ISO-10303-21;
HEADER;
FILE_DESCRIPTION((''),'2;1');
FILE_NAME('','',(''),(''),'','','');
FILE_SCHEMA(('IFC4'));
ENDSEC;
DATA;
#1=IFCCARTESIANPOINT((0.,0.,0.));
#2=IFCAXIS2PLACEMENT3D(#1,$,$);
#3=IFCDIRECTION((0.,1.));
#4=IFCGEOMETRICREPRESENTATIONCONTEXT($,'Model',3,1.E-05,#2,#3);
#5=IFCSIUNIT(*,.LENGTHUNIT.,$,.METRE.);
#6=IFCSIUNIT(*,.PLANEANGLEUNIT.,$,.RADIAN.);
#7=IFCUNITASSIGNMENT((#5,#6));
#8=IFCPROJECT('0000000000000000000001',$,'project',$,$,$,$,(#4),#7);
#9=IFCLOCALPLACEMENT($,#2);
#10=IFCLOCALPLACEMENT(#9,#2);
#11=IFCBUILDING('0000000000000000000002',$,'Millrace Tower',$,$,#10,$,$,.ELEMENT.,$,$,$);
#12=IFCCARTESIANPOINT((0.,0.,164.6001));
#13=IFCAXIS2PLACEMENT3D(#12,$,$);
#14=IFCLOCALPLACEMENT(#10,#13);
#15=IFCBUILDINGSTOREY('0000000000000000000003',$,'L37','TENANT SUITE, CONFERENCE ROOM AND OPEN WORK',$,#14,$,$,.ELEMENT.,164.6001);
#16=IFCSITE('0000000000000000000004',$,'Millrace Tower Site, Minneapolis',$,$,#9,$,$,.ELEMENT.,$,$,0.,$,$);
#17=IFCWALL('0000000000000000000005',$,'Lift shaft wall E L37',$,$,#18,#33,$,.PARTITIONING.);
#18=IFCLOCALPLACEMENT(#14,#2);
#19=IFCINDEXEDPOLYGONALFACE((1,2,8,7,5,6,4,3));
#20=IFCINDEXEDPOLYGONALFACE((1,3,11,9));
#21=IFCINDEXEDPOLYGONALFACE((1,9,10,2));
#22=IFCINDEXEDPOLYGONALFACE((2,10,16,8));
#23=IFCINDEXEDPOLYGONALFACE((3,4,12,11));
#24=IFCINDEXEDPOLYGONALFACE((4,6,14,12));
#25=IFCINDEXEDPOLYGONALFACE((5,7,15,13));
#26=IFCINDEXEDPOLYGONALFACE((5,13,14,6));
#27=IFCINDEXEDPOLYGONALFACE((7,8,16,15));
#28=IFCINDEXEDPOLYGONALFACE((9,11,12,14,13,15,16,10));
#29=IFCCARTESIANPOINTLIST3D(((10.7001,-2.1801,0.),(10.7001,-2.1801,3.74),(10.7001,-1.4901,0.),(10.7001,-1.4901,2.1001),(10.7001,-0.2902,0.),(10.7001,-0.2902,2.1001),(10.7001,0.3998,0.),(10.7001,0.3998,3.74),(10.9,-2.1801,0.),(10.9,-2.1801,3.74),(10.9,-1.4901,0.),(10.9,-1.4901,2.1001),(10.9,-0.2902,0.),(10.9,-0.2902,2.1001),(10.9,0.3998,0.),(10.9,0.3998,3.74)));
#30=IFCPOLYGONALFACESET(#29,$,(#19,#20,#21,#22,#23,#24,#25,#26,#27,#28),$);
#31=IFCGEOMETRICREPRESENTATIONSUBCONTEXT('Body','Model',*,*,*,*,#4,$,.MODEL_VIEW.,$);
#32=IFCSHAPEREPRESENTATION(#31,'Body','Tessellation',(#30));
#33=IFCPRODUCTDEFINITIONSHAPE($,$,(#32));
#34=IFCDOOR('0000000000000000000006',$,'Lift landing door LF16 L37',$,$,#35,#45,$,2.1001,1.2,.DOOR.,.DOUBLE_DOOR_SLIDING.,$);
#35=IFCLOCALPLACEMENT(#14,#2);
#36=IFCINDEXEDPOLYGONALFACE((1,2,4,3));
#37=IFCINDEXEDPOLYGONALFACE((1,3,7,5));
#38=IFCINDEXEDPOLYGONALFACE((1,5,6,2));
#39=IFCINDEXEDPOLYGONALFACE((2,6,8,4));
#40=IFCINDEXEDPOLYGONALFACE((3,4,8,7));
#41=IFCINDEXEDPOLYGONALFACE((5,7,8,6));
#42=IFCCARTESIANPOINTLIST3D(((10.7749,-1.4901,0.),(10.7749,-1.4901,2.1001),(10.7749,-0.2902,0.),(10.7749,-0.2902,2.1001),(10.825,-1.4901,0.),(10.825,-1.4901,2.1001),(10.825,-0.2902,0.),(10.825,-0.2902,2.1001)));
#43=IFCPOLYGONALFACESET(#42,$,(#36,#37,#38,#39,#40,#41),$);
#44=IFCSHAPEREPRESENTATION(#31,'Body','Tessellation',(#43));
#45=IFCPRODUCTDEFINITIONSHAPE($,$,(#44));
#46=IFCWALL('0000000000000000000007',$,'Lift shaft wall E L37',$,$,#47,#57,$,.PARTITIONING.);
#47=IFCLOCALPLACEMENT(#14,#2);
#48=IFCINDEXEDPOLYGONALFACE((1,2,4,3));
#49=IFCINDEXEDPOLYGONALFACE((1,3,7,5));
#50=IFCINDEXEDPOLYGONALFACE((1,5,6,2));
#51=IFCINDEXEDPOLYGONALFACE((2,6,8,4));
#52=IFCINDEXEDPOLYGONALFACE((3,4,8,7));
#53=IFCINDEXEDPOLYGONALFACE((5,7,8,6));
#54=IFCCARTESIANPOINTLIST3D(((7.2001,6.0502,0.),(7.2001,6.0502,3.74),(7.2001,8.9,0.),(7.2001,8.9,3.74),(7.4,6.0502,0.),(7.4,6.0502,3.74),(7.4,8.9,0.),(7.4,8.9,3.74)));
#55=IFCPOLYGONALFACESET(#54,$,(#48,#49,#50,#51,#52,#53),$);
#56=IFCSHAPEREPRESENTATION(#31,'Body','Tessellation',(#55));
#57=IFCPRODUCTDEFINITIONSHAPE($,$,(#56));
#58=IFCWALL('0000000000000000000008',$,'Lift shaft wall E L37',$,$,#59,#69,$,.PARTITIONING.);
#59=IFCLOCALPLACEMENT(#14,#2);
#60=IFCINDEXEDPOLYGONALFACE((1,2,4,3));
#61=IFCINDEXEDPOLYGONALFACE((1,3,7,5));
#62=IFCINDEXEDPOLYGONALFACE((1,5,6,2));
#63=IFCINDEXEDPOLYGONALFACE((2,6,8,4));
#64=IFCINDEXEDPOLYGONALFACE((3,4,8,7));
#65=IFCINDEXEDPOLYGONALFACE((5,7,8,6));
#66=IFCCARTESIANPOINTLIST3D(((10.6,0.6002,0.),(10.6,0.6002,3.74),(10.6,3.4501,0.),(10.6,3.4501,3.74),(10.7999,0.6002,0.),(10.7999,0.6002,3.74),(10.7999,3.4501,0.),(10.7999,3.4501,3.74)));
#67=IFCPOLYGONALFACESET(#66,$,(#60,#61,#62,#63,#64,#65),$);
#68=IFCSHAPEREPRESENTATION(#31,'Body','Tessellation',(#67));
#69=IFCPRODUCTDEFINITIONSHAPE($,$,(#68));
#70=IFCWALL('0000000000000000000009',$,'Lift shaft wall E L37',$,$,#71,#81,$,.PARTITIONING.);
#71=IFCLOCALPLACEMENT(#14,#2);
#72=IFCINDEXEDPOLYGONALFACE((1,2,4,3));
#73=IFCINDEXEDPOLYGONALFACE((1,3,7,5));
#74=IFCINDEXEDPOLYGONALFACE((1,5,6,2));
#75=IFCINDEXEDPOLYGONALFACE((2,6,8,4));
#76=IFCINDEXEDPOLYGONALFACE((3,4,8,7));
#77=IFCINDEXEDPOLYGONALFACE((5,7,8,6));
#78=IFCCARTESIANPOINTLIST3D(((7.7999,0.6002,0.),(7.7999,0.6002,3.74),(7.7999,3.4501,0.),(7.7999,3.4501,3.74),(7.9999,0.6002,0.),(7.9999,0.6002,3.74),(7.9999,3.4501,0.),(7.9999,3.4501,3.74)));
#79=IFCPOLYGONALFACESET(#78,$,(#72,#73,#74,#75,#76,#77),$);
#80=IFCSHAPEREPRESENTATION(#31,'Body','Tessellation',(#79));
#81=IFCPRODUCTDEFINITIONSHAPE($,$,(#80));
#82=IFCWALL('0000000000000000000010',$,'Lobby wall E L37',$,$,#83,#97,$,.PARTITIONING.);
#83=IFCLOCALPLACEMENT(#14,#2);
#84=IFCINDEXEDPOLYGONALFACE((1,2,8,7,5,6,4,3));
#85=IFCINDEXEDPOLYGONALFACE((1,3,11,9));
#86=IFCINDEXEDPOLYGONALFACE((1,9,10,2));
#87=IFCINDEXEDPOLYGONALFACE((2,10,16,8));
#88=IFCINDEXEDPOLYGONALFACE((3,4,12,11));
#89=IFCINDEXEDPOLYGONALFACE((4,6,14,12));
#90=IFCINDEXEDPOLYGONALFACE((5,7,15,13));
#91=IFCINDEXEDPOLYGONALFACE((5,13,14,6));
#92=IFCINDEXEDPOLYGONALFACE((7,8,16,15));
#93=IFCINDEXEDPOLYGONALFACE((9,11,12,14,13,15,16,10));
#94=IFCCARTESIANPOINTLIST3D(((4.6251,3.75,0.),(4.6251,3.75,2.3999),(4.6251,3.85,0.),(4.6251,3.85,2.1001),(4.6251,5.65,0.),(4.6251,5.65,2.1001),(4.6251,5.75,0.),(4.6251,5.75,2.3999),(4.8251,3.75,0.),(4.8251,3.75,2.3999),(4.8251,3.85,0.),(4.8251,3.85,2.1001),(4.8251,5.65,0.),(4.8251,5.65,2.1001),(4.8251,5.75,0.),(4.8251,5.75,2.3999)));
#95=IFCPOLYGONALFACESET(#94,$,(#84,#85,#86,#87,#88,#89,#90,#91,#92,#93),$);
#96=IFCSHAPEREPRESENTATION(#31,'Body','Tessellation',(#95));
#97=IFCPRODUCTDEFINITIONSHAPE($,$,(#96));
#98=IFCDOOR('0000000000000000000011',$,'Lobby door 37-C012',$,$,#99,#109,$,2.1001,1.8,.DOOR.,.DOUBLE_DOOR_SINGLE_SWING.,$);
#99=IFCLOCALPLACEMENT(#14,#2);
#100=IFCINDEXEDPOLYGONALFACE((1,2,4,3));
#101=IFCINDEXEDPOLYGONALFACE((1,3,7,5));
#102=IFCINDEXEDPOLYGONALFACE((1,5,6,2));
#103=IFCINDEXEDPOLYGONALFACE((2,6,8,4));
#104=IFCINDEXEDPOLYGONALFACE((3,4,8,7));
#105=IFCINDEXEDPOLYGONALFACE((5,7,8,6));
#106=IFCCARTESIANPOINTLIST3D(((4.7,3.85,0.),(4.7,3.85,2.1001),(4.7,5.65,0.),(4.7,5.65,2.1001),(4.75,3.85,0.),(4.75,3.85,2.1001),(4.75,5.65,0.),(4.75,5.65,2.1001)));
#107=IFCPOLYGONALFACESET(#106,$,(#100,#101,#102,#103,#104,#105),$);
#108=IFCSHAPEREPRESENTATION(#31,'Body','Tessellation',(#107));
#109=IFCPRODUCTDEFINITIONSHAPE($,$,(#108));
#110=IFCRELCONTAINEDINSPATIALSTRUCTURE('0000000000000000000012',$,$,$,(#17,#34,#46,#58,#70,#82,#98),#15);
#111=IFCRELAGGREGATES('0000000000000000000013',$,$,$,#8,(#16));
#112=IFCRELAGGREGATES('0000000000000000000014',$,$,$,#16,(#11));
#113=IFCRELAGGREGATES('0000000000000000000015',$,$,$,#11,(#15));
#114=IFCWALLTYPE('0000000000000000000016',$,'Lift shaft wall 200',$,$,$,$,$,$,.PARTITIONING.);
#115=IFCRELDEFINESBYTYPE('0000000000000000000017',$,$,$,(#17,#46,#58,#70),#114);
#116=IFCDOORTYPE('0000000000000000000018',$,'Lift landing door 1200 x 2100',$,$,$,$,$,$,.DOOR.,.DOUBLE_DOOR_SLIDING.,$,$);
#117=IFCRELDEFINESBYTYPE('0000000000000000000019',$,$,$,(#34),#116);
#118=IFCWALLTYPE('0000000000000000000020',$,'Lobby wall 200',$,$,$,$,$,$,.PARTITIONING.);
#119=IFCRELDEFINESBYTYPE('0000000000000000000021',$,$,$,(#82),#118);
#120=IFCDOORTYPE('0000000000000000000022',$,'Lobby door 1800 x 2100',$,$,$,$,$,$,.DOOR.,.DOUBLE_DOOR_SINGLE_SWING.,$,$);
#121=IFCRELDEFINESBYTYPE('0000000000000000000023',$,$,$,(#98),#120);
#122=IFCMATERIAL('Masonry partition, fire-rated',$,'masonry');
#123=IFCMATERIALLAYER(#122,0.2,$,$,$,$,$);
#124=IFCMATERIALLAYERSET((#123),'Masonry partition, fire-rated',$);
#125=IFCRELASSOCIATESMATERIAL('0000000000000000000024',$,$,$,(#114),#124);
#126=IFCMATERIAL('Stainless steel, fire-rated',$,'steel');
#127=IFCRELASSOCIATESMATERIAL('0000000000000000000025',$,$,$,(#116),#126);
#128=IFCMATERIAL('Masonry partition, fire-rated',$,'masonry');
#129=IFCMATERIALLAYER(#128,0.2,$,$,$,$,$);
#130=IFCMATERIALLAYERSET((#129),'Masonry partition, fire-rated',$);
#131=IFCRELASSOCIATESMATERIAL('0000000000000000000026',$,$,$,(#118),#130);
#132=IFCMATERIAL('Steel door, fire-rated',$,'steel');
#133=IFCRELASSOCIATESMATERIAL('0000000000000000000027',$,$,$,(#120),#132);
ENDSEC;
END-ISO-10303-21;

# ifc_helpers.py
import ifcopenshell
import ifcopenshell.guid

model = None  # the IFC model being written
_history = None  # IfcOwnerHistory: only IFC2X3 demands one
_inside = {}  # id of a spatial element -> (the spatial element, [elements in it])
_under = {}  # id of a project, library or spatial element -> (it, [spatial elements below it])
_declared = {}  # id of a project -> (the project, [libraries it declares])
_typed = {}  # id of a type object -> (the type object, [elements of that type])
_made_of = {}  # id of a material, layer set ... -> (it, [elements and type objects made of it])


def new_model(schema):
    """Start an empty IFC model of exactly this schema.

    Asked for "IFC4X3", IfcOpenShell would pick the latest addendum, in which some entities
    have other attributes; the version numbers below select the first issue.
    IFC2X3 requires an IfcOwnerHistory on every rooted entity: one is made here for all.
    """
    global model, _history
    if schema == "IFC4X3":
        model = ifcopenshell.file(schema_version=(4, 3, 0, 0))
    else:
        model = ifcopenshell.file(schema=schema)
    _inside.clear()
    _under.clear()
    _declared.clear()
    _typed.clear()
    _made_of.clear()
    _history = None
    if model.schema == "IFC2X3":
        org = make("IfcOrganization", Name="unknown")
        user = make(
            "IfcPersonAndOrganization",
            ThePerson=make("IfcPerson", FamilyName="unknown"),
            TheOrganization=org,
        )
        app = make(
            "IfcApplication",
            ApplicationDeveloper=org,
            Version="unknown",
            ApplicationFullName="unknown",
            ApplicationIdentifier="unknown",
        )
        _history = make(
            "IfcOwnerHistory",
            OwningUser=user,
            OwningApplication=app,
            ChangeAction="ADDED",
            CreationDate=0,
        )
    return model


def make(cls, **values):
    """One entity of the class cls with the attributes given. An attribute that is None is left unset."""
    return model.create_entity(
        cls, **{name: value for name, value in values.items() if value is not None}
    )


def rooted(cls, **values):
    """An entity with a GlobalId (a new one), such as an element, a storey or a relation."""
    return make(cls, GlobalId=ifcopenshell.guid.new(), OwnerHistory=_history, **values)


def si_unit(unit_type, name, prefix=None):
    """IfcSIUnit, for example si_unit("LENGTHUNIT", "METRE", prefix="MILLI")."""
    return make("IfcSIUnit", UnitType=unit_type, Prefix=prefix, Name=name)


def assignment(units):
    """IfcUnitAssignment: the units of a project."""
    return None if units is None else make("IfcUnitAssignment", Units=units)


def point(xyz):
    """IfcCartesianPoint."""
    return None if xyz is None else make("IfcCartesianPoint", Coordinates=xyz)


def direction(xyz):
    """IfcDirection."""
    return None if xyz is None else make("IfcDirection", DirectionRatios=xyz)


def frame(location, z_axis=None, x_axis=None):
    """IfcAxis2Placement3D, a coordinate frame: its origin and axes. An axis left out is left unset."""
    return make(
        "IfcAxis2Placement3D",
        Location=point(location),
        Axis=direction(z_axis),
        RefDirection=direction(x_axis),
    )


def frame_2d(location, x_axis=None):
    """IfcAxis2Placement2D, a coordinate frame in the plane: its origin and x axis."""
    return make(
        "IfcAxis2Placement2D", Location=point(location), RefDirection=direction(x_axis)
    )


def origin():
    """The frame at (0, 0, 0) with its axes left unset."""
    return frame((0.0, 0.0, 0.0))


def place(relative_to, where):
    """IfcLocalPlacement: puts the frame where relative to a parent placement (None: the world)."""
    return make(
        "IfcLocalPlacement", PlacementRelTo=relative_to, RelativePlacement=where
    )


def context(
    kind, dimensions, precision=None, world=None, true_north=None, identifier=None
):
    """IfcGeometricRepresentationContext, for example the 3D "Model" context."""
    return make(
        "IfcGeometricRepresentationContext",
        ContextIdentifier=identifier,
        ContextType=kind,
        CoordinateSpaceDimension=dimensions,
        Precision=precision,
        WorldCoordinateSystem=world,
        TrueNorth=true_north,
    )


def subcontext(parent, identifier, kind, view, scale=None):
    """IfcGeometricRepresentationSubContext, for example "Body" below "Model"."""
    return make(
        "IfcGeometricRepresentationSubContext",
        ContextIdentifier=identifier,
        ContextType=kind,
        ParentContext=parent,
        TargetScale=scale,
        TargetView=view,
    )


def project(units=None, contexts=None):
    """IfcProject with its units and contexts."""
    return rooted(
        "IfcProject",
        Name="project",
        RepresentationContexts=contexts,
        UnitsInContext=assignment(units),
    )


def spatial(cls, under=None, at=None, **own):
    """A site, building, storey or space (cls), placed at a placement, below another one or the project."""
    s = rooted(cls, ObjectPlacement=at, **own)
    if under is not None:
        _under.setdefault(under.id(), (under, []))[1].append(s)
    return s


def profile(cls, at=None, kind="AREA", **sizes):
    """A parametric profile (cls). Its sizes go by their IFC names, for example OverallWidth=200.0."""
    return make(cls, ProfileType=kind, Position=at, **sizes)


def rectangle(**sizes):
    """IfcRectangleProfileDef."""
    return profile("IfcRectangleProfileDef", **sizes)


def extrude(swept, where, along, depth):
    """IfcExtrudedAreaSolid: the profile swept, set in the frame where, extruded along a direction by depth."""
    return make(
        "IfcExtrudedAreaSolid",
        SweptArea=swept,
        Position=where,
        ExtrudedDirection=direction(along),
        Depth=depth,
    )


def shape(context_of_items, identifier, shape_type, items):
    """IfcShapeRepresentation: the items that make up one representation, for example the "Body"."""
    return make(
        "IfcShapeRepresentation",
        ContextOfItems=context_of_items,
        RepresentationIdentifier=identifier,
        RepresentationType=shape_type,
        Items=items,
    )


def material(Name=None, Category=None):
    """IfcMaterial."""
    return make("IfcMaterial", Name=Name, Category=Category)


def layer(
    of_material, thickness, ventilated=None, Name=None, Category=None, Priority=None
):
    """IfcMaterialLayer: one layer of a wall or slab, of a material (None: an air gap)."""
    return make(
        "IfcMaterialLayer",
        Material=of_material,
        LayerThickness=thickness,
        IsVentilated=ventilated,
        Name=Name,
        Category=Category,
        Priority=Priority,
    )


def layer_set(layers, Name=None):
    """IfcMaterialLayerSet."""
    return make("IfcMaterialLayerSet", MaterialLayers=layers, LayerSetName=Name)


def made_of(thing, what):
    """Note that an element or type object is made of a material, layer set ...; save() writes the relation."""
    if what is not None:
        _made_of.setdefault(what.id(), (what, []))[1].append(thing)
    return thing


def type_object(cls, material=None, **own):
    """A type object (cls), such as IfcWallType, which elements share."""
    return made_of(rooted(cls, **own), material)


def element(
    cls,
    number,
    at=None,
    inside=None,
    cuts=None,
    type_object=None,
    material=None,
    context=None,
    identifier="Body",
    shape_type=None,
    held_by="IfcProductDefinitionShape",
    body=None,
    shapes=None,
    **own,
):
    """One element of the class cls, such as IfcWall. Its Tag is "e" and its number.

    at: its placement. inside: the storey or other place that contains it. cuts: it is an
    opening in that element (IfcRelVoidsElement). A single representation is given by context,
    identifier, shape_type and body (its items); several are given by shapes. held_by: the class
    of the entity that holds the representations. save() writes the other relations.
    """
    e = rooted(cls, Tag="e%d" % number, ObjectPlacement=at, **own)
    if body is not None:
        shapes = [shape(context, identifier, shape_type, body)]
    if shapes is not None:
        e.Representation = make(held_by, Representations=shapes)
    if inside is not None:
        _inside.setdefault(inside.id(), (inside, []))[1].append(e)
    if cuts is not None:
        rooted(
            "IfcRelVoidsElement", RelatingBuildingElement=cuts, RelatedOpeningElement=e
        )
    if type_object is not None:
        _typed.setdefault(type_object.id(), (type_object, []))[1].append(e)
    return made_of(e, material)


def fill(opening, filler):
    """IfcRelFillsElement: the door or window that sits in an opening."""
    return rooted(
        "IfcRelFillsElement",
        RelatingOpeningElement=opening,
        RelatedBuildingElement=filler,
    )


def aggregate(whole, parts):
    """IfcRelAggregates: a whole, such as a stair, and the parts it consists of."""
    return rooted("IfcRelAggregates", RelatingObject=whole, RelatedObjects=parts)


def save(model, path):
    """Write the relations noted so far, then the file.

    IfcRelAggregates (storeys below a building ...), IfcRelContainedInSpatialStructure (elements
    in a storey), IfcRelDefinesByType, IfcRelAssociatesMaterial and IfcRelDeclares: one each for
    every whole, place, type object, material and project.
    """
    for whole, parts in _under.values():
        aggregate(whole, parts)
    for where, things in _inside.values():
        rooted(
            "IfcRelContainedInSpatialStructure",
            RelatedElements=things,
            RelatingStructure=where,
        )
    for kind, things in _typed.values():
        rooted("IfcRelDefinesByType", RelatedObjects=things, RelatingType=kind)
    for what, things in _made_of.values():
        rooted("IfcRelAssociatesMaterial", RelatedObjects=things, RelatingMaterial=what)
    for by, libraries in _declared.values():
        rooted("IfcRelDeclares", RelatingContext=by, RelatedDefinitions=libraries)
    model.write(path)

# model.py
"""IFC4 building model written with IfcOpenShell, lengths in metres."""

from ifc_helpers import new_model, si_unit, direction, frame, frame_2d, origin, place, context, subcontext, project, spatial, rectangle, extrude, material, layer, layer_set, type_object, element, fill, save


model = new_model("IFC4")

# Units and contexts
model_context = context("Model", 3, precision=1e-05, world=origin(), true_north=direction((0.0, 1.0)))
body_context = subcontext(model_context, "Body", "Model", "MODEL_VIEW")
ifc_project = project(units=[si_unit("LENGTHUNIT", "METRE"), si_unit("PLANEANGLEUNIT", "RADIAN")], contexts=[model_context])

# Site, building, storey
site_placement = place(None, origin())
site = spatial("IfcSite", under=ifc_project, at=site_placement, Name="Millrace Tower Site, Minneapolis", CompositionType="ELEMENT", RefElevation=0.0)
building_placement = place(site_placement, origin())
building = spatial("IfcBuilding", under=site, at=building_placement, Name="Millrace Tower", CompositionType="ELEMENT")
storey_placement = place(building_placement, frame((0.0, 0.0, 164.6001)))
storey = spatial("IfcBuildingStorey", under=building, at=storey_placement, Name="L37", Description="TENANT SUITE, CONFERENCE ROOM AND OPEN WORK", CompositionType="ELEMENT", Elevation=164.6001)

# Shared definitions
ifc_material_1 = material(Name="Masonry partition, fire-rated", Category="masonry")
ifc_layer_1 = layer(ifc_material_1, 0.2)
ifc_layer_set_1 = layer_set([ifc_layer_1], Name="Masonry partition, fire-rated")
wall_type_1 = type_object("IfcWallType", Name="Lift shaft wall 200", PredefinedType="PARTITIONING", material=ifc_layer_set_1)
ifc_material_2 = material(Name="Stainless steel, fire-rated", Category="steel")
door_type_1 = type_object("IfcDoorType", Name="Lift landing door 1200 x 2100", OperationType="DOUBLE_DOOR_SLIDING", PredefinedType="DOOR", material=ifc_material_2)

# Wall, opening, door
wall_1_placement = place(storey_placement, frame((10.8, 0.3999, 0.0), z_axis=(0.0, 0.0, 1.0), x_axis=(0.0, -1.0, 0.0)))
wall_1 = element("IfcWall", 1, at=wall_1_placement, inside=storey, type_object=wall_type_1, Name="Lift shaft wall E L37", PredefinedType="PARTITIONING", context=body_context, shape_type="SweptSolid", body=[
    extrude(rectangle(XDim=2.5798, YDim=0.2, at=frame_2d((1.29, 0.0))), origin(), (0.0, 0.0, 1.0), 3.74),
])
opening_1_placement = place(wall_1_placement, frame((0.6899, 0.0, 0.0)))
opening_1 = element("IfcOpeningElement", 2, at=opening_1_placement, cuts=wall_1, PredefinedType="OPENING", context=body_context, shape_type="SweptSolid", body=[
    extrude(rectangle(XDim=1.2, YDim=2.1001, at=frame_2d((0.6001, 1.05))), frame((0.0, 0.1099, 0.0), z_axis=(0.0, -1.0, 0.0), x_axis=(1.0, 0.0, 0.0)), (0.0, 0.0, 1.0), 0.22),
])
door_1_placement = place(opening_1_placement, origin())
door_1 = element("IfcDoor", 3, at=door_1_placement, inside=storey, type_object=door_type_1, Name="Lift landing door LF16 L37", OperationType="DOUBLE_DOOR_SLIDING", OverallHeight=2.1001, OverallWidth=1.2, PredefinedType="DOOR", context=body_context, shape_type="SweptSolid", body=[
    extrude(rectangle(XDim=1.2, YDim=2.1001, at=frame_2d((0.6001, 1.05))), frame((0.0, 0.0249, 0.0), z_axis=(0.0, -1.0, 0.0), x_axis=(1.0, 0.0, 0.0)), (0.0, 0.0, 1.0), 0.05),
])
fill(opening_1, door_1)

# Walls
for number, where, z_axis, x_axis, name in (
    (4, (7.3, 8.8999, 0.0), (0.0, 0.0, 1.0), (0.0, -1.0, 0.0), "Lift shaft wall E L37"),
    (5, (10.7, 3.45, 0.0), (0.0, 0.0, 1.0), (0.0, -1.0, 0.0), "Lift shaft wall E L37"),
    (6, (7.8999, 3.45, 0.0), (0.0, 0.0, 1.0), (0.0, -1.0, 0.0), "Lift shaft wall E L37"),
):
    element("IfcWall", number, at=place(storey_placement, frame(where, z_axis=z_axis, x_axis=x_axis)), inside=storey, type_object=wall_type_1, Name=name, PredefinedType="PARTITIONING", context=body_context, shape_type="SweptSolid", body=[
        extrude(rectangle(XDim=2.8499, YDim=0.2, at=frame_2d((1.4248, 0.0))), origin(), (0.0, 0.0, 1.0), 3.74),
    ])

# Wall, opening, door
ifc_material_3 = material(Name="Masonry partition, fire-rated", Category="masonry")
ifc_layer_2 = layer(ifc_material_3, 0.2)
ifc_layer_set_2 = layer_set([ifc_layer_2], Name="Masonry partition, fire-rated")
wall_type_2 = type_object("IfcWallType", Name="Lobby wall 200", PredefinedType="PARTITIONING", material=ifc_layer_set_2)
wall_2_placement = place(storey_placement, frame((4.7251, 5.75, 0.0), z_axis=(0.0, 0.0, 1.0), x_axis=(0.0, -1.0, 0.0)))
wall_2 = element("IfcWall", 7, at=wall_2_placement, inside=storey, type_object=wall_type_2, Name="Lobby wall E L37", PredefinedType="PARTITIONING", context=body_context, shape_type="SweptSolid", body=[
    extrude(rectangle(XDim=2.0, YDim=0.2, at=frame_2d((1.0, 0.0))), origin(), (0.0, 0.0, 1.0), 2.3999),
])
opening_2_placement = place(wall_2_placement, frame((0.1001, 0.0, 0.0)))
opening_2 = element("IfcOpeningElement", 8, at=opening_2_placement, cuts=wall_2, PredefinedType="OPENING", context=body_context, shape_type="SweptSolid", body=[
    extrude(rectangle(XDim=1.8, YDim=2.1001, at=frame_2d((0.8999, 1.05))), frame((0.0, 0.1099, 0.0), z_axis=(0.0, -1.0, 0.0), x_axis=(1.0, 0.0, 0.0)), (0.0, 0.0, 1.0), 0.22),
])
ifc_material_4 = material(Name="Steel door, fire-rated", Category="steel")
door_type_2 = type_object("IfcDoorType", Name="Lobby door 1800 x 2100", OperationType="DOUBLE_DOOR_SINGLE_SWING", PredefinedType="DOOR", material=ifc_material_4)
door_2_placement = place(opening_2_placement, origin())
door_2 = element("IfcDoor", 9, at=door_2_placement, inside=storey, type_object=door_type_2, Name="Lobby door 37-C012", OperationType="DOUBLE_DOOR_SINGLE_SWING", OverallHeight=2.1001, OverallWidth=1.8, PredefinedType="DOOR", context=body_context, shape_type="SweptSolid", body=[
    extrude(rectangle(XDim=1.8, YDim=2.1001, at=frame_2d((0.8999, 1.05))), frame((0.0, 0.0249, 0.0), z_axis=(0.0, -1.0, 0.0), x_axis=(1.0, 0.0, 0.0)), (0.0, 0.0, 1.0), 0.05),
])
fill(opening_2, door_2)

save(model, "model.ifc")
